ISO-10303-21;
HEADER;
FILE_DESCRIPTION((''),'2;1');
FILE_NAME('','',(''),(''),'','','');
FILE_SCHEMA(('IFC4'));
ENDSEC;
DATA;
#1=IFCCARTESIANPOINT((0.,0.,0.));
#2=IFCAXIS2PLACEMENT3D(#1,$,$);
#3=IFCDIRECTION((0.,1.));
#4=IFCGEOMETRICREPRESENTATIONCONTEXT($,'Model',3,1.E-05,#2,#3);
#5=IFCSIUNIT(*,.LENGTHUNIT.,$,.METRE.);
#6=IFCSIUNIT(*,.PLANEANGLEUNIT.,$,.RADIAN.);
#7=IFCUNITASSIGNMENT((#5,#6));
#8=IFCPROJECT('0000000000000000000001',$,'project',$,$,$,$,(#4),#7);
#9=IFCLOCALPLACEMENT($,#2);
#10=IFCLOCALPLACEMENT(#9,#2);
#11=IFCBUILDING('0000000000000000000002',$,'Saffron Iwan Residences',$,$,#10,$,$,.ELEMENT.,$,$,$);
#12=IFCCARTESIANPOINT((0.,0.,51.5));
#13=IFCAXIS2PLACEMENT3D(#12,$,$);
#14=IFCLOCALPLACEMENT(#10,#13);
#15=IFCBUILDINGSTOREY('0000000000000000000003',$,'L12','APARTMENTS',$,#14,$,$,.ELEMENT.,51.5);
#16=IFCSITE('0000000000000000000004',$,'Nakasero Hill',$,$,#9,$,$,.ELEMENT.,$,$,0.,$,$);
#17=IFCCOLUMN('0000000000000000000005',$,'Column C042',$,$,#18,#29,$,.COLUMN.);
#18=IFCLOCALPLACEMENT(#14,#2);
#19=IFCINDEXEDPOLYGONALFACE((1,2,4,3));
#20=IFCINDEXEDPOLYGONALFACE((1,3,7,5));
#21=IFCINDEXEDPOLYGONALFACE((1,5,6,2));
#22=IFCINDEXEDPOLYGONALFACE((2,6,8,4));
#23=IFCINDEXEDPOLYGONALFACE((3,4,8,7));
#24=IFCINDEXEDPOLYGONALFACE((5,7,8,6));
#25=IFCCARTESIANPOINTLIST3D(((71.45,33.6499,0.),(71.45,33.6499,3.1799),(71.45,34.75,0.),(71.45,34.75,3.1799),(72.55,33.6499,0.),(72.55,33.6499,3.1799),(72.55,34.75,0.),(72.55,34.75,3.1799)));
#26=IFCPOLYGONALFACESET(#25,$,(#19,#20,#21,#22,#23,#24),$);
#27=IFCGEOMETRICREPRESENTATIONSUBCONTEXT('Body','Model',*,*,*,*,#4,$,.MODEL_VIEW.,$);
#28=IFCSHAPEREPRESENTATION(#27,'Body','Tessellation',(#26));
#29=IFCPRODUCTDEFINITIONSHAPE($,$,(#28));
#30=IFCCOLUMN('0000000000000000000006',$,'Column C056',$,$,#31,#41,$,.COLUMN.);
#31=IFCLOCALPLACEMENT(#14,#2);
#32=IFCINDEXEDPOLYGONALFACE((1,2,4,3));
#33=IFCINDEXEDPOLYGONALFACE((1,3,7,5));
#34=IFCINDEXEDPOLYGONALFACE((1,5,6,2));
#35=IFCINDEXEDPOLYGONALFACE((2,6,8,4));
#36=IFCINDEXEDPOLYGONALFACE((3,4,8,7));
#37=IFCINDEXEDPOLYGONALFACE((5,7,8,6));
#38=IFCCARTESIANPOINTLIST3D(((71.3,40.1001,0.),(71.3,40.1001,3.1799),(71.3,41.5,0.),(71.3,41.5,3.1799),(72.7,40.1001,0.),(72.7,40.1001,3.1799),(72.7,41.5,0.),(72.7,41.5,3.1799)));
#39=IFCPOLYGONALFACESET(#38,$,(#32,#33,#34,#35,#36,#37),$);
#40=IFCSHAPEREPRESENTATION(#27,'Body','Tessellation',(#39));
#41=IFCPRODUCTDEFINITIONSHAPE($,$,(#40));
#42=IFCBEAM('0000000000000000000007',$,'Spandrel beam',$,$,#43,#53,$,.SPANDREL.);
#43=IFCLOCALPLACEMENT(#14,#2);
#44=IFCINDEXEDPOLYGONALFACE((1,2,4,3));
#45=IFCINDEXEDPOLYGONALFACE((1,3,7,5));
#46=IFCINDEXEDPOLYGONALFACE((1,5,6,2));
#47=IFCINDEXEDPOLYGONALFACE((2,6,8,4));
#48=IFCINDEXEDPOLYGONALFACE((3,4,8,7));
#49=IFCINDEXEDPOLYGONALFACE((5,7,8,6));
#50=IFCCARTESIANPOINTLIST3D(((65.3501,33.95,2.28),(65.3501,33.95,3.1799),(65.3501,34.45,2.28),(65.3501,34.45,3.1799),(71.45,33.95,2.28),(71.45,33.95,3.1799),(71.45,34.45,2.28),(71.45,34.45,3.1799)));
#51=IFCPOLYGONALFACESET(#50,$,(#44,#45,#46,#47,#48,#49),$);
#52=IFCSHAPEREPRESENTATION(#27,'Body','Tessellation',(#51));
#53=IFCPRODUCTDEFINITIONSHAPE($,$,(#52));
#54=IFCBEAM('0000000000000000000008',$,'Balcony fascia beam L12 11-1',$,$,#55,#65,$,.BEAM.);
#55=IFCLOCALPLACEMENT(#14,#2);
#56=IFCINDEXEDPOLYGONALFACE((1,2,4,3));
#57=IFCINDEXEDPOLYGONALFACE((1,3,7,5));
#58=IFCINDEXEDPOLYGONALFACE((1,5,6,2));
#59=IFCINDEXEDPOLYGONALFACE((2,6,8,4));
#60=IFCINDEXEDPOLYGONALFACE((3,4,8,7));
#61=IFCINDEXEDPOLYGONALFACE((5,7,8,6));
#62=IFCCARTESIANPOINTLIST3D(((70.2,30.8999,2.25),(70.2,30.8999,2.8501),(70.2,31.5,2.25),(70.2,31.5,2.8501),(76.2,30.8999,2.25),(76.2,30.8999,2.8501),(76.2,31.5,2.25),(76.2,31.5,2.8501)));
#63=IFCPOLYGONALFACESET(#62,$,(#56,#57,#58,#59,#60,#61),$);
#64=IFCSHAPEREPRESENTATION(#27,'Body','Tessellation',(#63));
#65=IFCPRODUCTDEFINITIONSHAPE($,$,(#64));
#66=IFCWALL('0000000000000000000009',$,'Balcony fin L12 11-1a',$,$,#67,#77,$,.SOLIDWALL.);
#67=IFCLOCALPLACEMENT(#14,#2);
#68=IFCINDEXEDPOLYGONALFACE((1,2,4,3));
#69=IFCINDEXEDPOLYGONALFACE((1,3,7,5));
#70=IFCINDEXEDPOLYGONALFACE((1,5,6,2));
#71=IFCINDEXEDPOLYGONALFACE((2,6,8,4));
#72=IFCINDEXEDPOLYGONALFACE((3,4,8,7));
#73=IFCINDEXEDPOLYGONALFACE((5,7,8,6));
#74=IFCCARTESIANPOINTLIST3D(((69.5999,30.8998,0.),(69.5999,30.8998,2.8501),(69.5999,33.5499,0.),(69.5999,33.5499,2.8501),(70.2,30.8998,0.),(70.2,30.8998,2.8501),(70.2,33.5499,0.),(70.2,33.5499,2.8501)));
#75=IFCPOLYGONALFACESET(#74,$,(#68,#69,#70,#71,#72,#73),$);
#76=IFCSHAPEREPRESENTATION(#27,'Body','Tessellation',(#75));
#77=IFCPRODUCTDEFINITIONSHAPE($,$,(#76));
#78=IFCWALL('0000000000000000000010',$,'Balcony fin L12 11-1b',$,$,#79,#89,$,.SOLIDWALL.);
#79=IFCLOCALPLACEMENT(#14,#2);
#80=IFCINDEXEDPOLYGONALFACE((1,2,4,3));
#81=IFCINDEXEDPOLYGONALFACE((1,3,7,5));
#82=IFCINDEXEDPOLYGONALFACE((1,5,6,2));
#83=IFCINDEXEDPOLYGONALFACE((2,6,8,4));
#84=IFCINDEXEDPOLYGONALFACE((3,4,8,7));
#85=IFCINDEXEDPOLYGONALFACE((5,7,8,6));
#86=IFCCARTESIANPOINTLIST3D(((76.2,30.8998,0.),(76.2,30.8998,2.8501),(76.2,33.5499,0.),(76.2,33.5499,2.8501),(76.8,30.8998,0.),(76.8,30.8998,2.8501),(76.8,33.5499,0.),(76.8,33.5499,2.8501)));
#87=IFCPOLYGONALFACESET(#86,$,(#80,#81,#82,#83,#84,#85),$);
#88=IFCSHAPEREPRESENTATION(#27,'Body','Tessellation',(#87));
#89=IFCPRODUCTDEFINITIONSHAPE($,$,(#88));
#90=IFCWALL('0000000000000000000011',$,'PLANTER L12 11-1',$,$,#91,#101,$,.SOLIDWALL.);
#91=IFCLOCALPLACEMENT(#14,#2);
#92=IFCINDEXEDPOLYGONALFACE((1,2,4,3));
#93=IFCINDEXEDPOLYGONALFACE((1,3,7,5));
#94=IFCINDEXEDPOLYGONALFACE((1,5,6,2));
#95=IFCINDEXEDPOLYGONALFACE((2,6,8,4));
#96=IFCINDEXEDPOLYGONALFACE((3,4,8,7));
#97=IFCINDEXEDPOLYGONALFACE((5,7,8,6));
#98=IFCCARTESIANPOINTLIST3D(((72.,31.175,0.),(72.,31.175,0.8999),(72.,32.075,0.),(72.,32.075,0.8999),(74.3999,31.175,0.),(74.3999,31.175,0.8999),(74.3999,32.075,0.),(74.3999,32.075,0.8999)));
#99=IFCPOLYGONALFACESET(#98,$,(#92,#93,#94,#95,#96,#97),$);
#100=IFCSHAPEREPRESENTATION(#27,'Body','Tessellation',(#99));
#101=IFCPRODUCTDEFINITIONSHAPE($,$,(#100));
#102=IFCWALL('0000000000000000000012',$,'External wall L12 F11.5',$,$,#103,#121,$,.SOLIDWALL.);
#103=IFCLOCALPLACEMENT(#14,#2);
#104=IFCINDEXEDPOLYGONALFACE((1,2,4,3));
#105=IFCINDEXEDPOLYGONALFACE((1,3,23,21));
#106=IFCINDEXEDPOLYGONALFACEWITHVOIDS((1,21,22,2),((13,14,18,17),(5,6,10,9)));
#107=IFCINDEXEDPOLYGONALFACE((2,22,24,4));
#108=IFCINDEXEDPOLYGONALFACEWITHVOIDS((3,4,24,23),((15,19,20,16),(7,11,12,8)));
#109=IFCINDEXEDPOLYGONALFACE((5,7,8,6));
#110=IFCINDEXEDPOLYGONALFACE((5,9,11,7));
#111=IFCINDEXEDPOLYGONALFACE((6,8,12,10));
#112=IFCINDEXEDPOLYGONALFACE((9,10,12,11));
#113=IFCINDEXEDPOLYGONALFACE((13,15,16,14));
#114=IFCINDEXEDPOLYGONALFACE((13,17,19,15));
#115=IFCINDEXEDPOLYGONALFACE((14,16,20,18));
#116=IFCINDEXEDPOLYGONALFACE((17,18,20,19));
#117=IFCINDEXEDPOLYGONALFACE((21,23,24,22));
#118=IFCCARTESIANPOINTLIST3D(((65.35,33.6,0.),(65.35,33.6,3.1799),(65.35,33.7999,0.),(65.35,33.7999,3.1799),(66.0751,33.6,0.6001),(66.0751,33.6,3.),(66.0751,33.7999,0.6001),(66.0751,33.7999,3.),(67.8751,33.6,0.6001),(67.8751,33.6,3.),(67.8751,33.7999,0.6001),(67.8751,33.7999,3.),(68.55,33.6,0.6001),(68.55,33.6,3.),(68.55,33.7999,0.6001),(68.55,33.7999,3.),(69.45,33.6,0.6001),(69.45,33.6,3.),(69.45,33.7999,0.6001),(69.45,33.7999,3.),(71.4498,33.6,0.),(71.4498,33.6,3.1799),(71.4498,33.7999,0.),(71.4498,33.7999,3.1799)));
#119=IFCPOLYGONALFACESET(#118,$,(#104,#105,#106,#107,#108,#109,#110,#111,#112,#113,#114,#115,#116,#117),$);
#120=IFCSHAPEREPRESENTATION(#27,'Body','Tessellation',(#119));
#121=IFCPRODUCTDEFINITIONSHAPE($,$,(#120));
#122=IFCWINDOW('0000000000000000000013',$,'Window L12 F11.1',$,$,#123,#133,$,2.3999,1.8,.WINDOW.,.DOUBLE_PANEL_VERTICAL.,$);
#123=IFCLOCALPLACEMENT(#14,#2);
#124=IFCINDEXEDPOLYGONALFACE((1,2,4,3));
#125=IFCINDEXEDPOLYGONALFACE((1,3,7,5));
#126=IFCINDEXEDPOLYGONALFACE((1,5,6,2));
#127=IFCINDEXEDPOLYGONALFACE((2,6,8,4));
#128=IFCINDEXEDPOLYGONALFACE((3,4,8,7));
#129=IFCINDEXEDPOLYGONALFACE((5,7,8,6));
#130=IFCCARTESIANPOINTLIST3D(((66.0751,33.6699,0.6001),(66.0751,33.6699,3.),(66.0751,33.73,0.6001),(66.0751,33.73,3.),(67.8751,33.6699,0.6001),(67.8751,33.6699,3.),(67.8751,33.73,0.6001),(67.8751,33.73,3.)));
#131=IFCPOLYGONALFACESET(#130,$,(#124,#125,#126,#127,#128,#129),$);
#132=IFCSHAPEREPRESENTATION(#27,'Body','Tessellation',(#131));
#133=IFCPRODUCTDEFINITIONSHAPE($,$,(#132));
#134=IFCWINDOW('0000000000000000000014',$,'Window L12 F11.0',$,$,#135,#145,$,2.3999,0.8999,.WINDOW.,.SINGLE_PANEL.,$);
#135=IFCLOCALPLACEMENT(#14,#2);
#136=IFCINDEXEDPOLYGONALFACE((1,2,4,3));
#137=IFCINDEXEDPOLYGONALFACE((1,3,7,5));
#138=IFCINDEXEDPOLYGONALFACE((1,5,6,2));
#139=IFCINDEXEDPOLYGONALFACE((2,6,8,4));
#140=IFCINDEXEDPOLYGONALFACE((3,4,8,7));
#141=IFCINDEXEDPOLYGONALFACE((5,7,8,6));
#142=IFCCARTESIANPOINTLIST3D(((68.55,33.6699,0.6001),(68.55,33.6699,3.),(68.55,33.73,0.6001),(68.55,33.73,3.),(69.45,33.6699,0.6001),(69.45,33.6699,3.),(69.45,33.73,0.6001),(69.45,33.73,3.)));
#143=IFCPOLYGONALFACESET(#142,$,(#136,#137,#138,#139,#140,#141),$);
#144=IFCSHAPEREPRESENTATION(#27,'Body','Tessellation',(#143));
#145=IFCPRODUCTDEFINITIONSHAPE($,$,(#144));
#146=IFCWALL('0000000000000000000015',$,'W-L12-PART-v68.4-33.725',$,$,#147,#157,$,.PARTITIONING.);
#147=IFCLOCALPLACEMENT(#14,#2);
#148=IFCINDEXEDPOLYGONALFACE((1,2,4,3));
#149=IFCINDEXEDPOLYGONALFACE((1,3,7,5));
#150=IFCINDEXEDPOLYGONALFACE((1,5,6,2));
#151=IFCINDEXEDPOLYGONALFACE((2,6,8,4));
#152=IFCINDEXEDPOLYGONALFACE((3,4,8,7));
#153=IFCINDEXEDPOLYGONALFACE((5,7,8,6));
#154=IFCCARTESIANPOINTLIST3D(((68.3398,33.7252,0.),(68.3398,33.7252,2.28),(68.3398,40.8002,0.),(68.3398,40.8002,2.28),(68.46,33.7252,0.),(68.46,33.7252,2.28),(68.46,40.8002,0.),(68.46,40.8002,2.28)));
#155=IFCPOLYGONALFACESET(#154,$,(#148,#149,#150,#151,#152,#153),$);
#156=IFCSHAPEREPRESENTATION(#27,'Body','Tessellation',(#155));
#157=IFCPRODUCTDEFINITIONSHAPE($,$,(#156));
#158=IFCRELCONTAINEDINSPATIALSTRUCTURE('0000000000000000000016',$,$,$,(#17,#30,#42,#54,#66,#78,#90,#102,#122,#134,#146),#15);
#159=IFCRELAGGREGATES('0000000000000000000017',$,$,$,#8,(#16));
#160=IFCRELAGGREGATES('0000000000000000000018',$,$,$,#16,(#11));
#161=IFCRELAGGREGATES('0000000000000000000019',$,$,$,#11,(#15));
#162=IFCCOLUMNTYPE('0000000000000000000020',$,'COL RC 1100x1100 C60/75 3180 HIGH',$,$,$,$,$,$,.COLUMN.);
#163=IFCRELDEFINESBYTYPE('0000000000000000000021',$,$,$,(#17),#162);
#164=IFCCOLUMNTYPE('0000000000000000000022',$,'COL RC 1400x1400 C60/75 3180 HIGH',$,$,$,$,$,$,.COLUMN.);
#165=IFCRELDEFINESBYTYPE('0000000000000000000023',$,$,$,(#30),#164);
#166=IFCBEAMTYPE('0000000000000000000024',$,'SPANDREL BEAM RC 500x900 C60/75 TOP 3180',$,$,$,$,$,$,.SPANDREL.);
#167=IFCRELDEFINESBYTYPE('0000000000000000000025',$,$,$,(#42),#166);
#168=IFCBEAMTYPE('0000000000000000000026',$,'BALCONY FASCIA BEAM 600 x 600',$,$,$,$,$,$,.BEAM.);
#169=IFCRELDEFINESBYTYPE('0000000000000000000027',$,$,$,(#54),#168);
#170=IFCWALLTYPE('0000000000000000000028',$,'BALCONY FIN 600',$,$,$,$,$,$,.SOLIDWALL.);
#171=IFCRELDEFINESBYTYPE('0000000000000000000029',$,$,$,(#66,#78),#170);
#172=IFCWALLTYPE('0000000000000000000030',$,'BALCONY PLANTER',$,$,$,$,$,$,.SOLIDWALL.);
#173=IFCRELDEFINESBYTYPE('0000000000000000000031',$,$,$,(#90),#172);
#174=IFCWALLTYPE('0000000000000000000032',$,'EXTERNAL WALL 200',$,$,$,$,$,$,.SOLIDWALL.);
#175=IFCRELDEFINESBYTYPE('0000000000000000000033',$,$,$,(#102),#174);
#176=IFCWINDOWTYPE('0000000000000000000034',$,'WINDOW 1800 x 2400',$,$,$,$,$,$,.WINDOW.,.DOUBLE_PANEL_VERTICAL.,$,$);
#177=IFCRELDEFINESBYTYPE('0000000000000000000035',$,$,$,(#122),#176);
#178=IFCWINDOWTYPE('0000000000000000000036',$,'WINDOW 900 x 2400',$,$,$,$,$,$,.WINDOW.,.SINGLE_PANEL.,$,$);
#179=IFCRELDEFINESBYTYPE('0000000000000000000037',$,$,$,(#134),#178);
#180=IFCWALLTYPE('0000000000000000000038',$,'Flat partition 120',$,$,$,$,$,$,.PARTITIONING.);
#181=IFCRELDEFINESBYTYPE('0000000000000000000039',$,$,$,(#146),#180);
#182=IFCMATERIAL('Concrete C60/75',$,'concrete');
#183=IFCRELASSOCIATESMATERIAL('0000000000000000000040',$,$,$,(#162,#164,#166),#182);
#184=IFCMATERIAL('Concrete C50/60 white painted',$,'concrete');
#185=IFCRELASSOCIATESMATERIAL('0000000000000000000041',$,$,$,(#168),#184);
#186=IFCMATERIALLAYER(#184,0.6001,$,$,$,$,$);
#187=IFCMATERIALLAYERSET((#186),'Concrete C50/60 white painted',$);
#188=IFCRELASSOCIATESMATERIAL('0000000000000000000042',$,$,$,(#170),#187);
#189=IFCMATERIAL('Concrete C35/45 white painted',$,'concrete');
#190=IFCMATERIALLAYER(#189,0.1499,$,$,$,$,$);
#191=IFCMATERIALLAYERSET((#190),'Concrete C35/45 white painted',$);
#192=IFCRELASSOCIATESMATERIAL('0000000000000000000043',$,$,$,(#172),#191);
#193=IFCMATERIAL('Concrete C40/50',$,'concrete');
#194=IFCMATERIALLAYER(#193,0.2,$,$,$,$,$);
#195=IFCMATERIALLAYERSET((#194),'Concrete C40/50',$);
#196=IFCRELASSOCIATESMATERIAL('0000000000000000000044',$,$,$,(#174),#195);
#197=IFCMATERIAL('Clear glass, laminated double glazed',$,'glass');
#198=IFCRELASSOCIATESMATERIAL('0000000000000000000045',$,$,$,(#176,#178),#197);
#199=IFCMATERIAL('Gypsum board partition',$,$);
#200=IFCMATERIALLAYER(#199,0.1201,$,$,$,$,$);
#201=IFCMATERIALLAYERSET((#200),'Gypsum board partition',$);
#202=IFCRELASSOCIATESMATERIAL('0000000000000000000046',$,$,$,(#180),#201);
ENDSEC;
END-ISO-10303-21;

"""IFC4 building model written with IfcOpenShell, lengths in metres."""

from ifc_helpers import new_model, si_unit, direction, frame, frame_2d, origin, origin_2d, place, context, subcontext, project, spatial, rectangle, extrude, source, transform, mapped, material, layer, layer_set, material_profile, profile_set, type_object, element, fill, save


model = new_model("IFC4")

# Units and contexts
model_context = context("Model", 3, precision=1e-05, world=origin(), true_north=direction((0.0, 1.0)))
body_context = subcontext(model_context, "Body", "Model", "MODEL_VIEW")
ifc_project = project(units=[si_unit("LENGTHUNIT", "METRE"), si_unit("PLANEANGLEUNIT", "RADIAN")], contexts=[model_context])

# Site, building, storey
site_placement = place(None, origin())
site = spatial("IfcSite", under=ifc_project, at=site_placement, Name="Nakasero Hill", CompositionType="ELEMENT", RefElevation=0.0)
building_placement = place(site_placement, origin())
building = spatial("IfcBuilding", under=site, at=building_placement, Name="Saffron Iwan Residences", CompositionType="ELEMENT")
storey_placement = place(building_placement, frame((0.0, 0.0, 51.5)))
storey = spatial("IfcBuildingStorey", under=building, at=storey_placement, Name="L12", Description="APARTMENTS", CompositionType="ELEMENT", Elevation=51.5)

# Columns
ifc_material_1 = material(Name="Concrete C60/75", Category="concrete")
ifc_material_profile_1 = material_profile(ifc_material_1, rectangle(XDim=1.1001, YDim=1.1001, at=origin_2d()), Name="RC 1100x1100")
ifc_profile_set_1 = profile_set([ifc_material_profile_1], Name="Concrete C60/75")
column_type_1 = type_object("IfcColumnType", Name="COL RC 1100x1100 C60/75 3180 HIGH", PredefinedType="COLUMN", material=ifc_profile_set_1)
shared_shape_1 = source(origin(), body_context, "Body", "SweptSolid", [
    extrude(rectangle(XDim=1.1001, YDim=1.1001, at=origin_2d()), origin(), (0.0, 0.0, 1.0), 3.1799),
])
column_1_placement = place(storey_placement, frame((72.0, 34.2, 0.0), z_axis=(0.0, 0.0, 1.0), x_axis=(1.0, 0.0, 0.0)))
element("IfcColumn", 1, at=column_1_placement, inside=storey, type_object=column_type_1, Name="Column C042", PredefinedType="COLUMN", context=body_context, shape_type="MappedRepresentation", body=[
    mapped(shared_shape_1, transform((0.0, 0.0, 0.0))),
])
ifc_material_profile_2 = material_profile(ifc_material_1, rectangle(XDim=1.3999, YDim=1.3999, at=origin_2d()), Name="RC 1400x1400")
ifc_profile_set_2 = profile_set([ifc_material_profile_2], Name="Concrete C60/75")
column_type_2 = type_object("IfcColumnType", Name="COL RC 1400x1400 C60/75 3180 HIGH", PredefinedType="COLUMN", material=ifc_profile_set_2)
shared_shape_2 = source(origin(), body_context, "Body", "SweptSolid", [
    extrude(rectangle(XDim=1.3999, YDim=1.3999, at=origin_2d()), origin(), (0.0, 0.0, 1.0), 3.1799),
])
column_2_placement = place(storey_placement, frame((72.0, 40.8, 0.0), z_axis=(0.0, 0.0, 1.0), x_axis=(1.0, 0.0, 0.0)))
element("IfcColumn", 2, at=column_2_placement, inside=storey, type_object=column_type_2, Name="Column C056", PredefinedType="COLUMN", context=body_context, shape_type="MappedRepresentation", body=[
    mapped(shared_shape_2, transform((0.0, 0.0, 0.0))),
])

# Beams
ifc_material_profile_3 = material_profile(ifc_material_1, rectangle(XDim=0.5, YDim=0.8999, at=origin_2d()), Name="RC 500x900")
ifc_profile_set_3 = profile_set([ifc_material_profile_3], Name="Concrete C60/75")
beam_type_1 = type_object("IfcBeamType", Name="SPANDREL BEAM RC 500x900 C60/75 TOP 3180", PredefinedType="SPANDREL", material=ifc_profile_set_3)
shared_shape_3 = source(origin(), body_context, "Body", "SweptSolid", [
    extrude(rectangle(XDim=0.5, YDim=0.8999, at=origin_2d()), origin(), (0.0, 0.0, 1.0), 6.0999),
])
beam_1_placement = place(storey_placement, frame((71.45, 34.2, 2.73), z_axis=(-1.0, 0.0, 0.0), x_axis=(0.0, -1.0, 0.0)))
element("IfcBeam", 3, at=beam_1_placement, inside=storey, type_object=beam_type_1, Name="Spandrel beam", PredefinedType="SPANDREL", context=body_context, shape_type="MappedRepresentation", body=[
    mapped(shared_shape_3, transform((0.0, 0.0, 0.0))),
])
ifc_material_2 = material(Name="Concrete C50/60 white painted", Category="concrete")
ifc_material_profile_4 = material_profile(ifc_material_2, rectangle(XDim=0.6001, YDim=0.6001, at=origin_2d()), Name="BALCONY FASCIA BEAM 600 x 600")
ifc_profile_set_4 = profile_set([ifc_material_profile_4], Name="Concrete C50/60 white painted")
beam_type_2 = type_object("IfcBeamType", Name="BALCONY FASCIA BEAM 600 x 600", PredefinedType="BEAM", material=ifc_profile_set_4)
shared_shape_4 = source(origin(), body_context, "Body", "SweptSolid", [
    extrude(rectangle(XDim=0.6001, YDim=0.6001, at=origin_2d()), origin(), (0.0, 0.0, 1.0), 6.0),
])
beam_2_placement = place(storey_placement, frame((70.2, 31.2, 2.55), z_axis=(1.0, 0.0, 0.0), x_axis=(0.0, 1.0, 0.0)))
element("IfcBeam", 4, at=beam_2_placement, inside=storey, type_object=beam_type_2, Name="Balcony fascia beam L12 11-1", PredefinedType="BEAM", context=body_context, shape_type="MappedRepresentation", body=[
    mapped(shared_shape_4, transform((0.0, 0.0, 0.0))),
])

# Walls
ifc_layer_1 = layer(ifc_material_2, 0.6001)
ifc_layer_set_1 = layer_set([ifc_layer_1], Name="Concrete C50/60 white painted")
wall_type_1 = type_object("IfcWallType", Name="BALCONY FIN 600", PredefinedType="SOLIDWALL", material=ifc_layer_set_1)
for number, where, z_axis, x_axis, name in (
    (5, (69.8999, 33.55, 0.0), (0.0, 0.0, 1.0), (0.0, -1.0, 0.0), "Balcony fin L12 11-1a"),
    (6, (76.5, 33.55, 0.0), (0.0, 0.0, 1.0), (0.0, -1.0, 0.0), "Balcony fin L12 11-1b"),
):
    element("IfcWall", number, at=place(storey_placement, frame(where, z_axis=z_axis, x_axis=x_axis)), inside=storey, type_object=wall_type_1, Name=name, PredefinedType="SOLIDWALL", context=body_context, shape_type="SweptSolid", body=[
        extrude(rectangle(XDim=2.6501, YDim=0.6001, at=frame_2d((1.3252, 0.0))), origin(), (0.0, 0.0, 1.0), 2.8501),
    ])
ifc_material_3 = material(Name="Concrete C35/45 white painted", Category="concrete")
ifc_layer_2 = layer(ifc_material_3, 0.1499)
ifc_layer_set_2 = layer_set([ifc_layer_2], Name="Concrete C35/45 white painted")
wall_type_2 = type_object("IfcWallType", Name="BALCONY PLANTER", PredefinedType="SOLIDWALL", material=ifc_layer_set_2)
wall_1_placement = place(storey_placement, frame((72.0, 31.625, 0.0), z_axis=(0.0, 0.0, 1.0), x_axis=(1.0, 0.0, 0.0)))
element("IfcWall", 7, at=wall_1_placement, inside=storey, type_object=wall_type_2, Name="PLANTER L12 11-1", PredefinedType="SOLIDWALL", context=body_context, shape_type="SweptSolid", body=[
    extrude(rectangle(XDim=2.3999, YDim=0.8999, at=frame_2d((1.2, 0.0))), origin(), (0.0, 0.0, 1.0), 0.8999),
])

# Wall, openings, windows
ifc_material_4 = material(Name="Concrete C40/50", Category="concrete")
ifc_layer_3 = layer(ifc_material_4, 0.2)
ifc_layer_set_3 = layer_set([ifc_layer_3], Name="Concrete C40/50")
wall_type_3 = type_object("IfcWallType", Name="EXTERNAL WALL 200", PredefinedType="SOLIDWALL", material=ifc_layer_set_3)
wall_2_placement = place(storey_placement, frame((65.3501, 33.7, 0.0), z_axis=(0.0, 0.0, 1.0), x_axis=(1.0, 0.0, 0.0)))
wall_2 = element("IfcWall", 8, at=wall_2_placement, inside=storey, type_object=wall_type_3, Name="External wall L12 F11.5", PredefinedType="SOLIDWALL", context=body_context, shape_type="SweptSolid", body=[
    extrude(rectangle(XDim=6.0999, YDim=0.2, at=frame_2d((3.0498, 0.0))), origin(), (0.0, 0.0, 1.0), 3.1799),
])
opening_1_placement = place(wall_2_placement, frame((3.2, 0.0, 0.6001)))
opening_1 = element("IfcOpeningElement", 9, at=opening_1_placement, cuts=wall_2, PredefinedType="OPENING", context=body_context, shape_type="SweptSolid", body=[
    extrude(rectangle(XDim=0.8999, YDim=2.3999, at=frame_2d((0.45, 1.2))), frame((0.0, 0.1099, 0.0), z_axis=(0.0, -1.0, 0.0), x_axis=(1.0, 0.0, 0.0)), (0.0, 0.0, 1.0), 0.22),
])
opening_2_placement = place(wall_2_placement, frame((0.7251, 0.0, 0.6001)))
opening_2 = element("IfcOpeningElement", 10, at=opening_2_placement, cuts=wall_2, PredefinedType="OPENING", context=body_context, shape_type="SweptSolid", body=[
    extrude(rectangle(XDim=1.8, YDim=2.3999, at=frame_2d((0.8999, 1.2))), frame((0.0, 0.1099, 0.0), z_axis=(0.0, -1.0, 0.0), x_axis=(1.0, 0.0, 0.0)), (0.0, 0.0, 1.0), 0.22),
])
ifc_material_5 = material(Name="Clear glass, laminated double glazed", Category="glass")
window_type_1 = type_object("IfcWindowType", Name="WINDOW 1800 x 2400", PartitioningType="DOUBLE_PANEL_VERTICAL", PredefinedType="WINDOW", material=ifc_material_5)
window_1_placement = place(opening_2_placement, origin())
window_1 = element("IfcWindow", 11, at=window_1_placement, inside=storey, type_object=window_type_1, Name="Window L12 F11.1", OverallHeight=2.3999, OverallWidth=1.8, PartitioningType="DOUBLE_PANEL_VERTICAL", PredefinedType="WINDOW", context=body_context, shape_type="SweptSolid", body=[
    extrude(rectangle(XDim=1.8, YDim=2.3999, at=frame_2d((0.8999, 1.2))), frame((0.0, 0.03, 0.0), z_axis=(0.0, -1.0, 0.0), x_axis=(1.0, 0.0, 0.0)), (0.0, 0.0, 1.0), 0.0601),
])
fill(opening_2, window_1)
window_type_2 = type_object("IfcWindowType", Name="WINDOW 900 x 2400", PartitioningType="SINGLE_PANEL", PredefinedType="WINDOW", material=ifc_material_5)
window_2_placement = place(opening_1_placement, origin())
window_2 = element("IfcWindow", 12, at=window_2_placement, inside=storey, type_object=window_type_2, Name="Window L12 F11.0", OverallHeight=2.3999, OverallWidth=0.8999, PartitioningType="SINGLE_PANEL", PredefinedType="WINDOW", context=body_context, shape_type="SweptSolid", body=[
    extrude(rectangle(XDim=0.8999, YDim=2.3999, at=frame_2d((0.45, 1.2))), frame((0.0, 0.03, 0.0), z_axis=(0.0, -1.0, 0.0), x_axis=(1.0, 0.0, 0.0)), (0.0, 0.0, 1.0), 0.0601),
])
fill(opening_1, window_2)

# Wall
ifc_material_6 = material(Name="Gypsum board partition")
ifc_layer_4 = layer(ifc_material_6, 0.1201)
ifc_layer_set_4 = layer_set([ifc_layer_4], Name="Gypsum board partition")
wall_type_4 = type_object("IfcWallType", Name="Flat partition 120", PredefinedType="PARTITIONING", material=ifc_layer_set_4)
wall_3_placement = place(storey_placement, frame((68.3999, 33.7251, 0.0), z_axis=(0.0, 0.0, 1.0), x_axis=(0.0, 1.0, 0.0)))
element("IfcWall", 13, at=wall_3_placement, inside=storey, type_object=wall_type_4, Name="W-L12-PART-v68.4-33.725", PredefinedType="PARTITIONING", context=body_context, shape_type="SweptSolid", body=[
    extrude(rectangle(XDim=7.075, YDim=0.1201, at=frame_2d((3.5376, 0.0))), origin(), (0.0, 0.0, 1.0), 2.28),
])

save(model, "model.ifc")
